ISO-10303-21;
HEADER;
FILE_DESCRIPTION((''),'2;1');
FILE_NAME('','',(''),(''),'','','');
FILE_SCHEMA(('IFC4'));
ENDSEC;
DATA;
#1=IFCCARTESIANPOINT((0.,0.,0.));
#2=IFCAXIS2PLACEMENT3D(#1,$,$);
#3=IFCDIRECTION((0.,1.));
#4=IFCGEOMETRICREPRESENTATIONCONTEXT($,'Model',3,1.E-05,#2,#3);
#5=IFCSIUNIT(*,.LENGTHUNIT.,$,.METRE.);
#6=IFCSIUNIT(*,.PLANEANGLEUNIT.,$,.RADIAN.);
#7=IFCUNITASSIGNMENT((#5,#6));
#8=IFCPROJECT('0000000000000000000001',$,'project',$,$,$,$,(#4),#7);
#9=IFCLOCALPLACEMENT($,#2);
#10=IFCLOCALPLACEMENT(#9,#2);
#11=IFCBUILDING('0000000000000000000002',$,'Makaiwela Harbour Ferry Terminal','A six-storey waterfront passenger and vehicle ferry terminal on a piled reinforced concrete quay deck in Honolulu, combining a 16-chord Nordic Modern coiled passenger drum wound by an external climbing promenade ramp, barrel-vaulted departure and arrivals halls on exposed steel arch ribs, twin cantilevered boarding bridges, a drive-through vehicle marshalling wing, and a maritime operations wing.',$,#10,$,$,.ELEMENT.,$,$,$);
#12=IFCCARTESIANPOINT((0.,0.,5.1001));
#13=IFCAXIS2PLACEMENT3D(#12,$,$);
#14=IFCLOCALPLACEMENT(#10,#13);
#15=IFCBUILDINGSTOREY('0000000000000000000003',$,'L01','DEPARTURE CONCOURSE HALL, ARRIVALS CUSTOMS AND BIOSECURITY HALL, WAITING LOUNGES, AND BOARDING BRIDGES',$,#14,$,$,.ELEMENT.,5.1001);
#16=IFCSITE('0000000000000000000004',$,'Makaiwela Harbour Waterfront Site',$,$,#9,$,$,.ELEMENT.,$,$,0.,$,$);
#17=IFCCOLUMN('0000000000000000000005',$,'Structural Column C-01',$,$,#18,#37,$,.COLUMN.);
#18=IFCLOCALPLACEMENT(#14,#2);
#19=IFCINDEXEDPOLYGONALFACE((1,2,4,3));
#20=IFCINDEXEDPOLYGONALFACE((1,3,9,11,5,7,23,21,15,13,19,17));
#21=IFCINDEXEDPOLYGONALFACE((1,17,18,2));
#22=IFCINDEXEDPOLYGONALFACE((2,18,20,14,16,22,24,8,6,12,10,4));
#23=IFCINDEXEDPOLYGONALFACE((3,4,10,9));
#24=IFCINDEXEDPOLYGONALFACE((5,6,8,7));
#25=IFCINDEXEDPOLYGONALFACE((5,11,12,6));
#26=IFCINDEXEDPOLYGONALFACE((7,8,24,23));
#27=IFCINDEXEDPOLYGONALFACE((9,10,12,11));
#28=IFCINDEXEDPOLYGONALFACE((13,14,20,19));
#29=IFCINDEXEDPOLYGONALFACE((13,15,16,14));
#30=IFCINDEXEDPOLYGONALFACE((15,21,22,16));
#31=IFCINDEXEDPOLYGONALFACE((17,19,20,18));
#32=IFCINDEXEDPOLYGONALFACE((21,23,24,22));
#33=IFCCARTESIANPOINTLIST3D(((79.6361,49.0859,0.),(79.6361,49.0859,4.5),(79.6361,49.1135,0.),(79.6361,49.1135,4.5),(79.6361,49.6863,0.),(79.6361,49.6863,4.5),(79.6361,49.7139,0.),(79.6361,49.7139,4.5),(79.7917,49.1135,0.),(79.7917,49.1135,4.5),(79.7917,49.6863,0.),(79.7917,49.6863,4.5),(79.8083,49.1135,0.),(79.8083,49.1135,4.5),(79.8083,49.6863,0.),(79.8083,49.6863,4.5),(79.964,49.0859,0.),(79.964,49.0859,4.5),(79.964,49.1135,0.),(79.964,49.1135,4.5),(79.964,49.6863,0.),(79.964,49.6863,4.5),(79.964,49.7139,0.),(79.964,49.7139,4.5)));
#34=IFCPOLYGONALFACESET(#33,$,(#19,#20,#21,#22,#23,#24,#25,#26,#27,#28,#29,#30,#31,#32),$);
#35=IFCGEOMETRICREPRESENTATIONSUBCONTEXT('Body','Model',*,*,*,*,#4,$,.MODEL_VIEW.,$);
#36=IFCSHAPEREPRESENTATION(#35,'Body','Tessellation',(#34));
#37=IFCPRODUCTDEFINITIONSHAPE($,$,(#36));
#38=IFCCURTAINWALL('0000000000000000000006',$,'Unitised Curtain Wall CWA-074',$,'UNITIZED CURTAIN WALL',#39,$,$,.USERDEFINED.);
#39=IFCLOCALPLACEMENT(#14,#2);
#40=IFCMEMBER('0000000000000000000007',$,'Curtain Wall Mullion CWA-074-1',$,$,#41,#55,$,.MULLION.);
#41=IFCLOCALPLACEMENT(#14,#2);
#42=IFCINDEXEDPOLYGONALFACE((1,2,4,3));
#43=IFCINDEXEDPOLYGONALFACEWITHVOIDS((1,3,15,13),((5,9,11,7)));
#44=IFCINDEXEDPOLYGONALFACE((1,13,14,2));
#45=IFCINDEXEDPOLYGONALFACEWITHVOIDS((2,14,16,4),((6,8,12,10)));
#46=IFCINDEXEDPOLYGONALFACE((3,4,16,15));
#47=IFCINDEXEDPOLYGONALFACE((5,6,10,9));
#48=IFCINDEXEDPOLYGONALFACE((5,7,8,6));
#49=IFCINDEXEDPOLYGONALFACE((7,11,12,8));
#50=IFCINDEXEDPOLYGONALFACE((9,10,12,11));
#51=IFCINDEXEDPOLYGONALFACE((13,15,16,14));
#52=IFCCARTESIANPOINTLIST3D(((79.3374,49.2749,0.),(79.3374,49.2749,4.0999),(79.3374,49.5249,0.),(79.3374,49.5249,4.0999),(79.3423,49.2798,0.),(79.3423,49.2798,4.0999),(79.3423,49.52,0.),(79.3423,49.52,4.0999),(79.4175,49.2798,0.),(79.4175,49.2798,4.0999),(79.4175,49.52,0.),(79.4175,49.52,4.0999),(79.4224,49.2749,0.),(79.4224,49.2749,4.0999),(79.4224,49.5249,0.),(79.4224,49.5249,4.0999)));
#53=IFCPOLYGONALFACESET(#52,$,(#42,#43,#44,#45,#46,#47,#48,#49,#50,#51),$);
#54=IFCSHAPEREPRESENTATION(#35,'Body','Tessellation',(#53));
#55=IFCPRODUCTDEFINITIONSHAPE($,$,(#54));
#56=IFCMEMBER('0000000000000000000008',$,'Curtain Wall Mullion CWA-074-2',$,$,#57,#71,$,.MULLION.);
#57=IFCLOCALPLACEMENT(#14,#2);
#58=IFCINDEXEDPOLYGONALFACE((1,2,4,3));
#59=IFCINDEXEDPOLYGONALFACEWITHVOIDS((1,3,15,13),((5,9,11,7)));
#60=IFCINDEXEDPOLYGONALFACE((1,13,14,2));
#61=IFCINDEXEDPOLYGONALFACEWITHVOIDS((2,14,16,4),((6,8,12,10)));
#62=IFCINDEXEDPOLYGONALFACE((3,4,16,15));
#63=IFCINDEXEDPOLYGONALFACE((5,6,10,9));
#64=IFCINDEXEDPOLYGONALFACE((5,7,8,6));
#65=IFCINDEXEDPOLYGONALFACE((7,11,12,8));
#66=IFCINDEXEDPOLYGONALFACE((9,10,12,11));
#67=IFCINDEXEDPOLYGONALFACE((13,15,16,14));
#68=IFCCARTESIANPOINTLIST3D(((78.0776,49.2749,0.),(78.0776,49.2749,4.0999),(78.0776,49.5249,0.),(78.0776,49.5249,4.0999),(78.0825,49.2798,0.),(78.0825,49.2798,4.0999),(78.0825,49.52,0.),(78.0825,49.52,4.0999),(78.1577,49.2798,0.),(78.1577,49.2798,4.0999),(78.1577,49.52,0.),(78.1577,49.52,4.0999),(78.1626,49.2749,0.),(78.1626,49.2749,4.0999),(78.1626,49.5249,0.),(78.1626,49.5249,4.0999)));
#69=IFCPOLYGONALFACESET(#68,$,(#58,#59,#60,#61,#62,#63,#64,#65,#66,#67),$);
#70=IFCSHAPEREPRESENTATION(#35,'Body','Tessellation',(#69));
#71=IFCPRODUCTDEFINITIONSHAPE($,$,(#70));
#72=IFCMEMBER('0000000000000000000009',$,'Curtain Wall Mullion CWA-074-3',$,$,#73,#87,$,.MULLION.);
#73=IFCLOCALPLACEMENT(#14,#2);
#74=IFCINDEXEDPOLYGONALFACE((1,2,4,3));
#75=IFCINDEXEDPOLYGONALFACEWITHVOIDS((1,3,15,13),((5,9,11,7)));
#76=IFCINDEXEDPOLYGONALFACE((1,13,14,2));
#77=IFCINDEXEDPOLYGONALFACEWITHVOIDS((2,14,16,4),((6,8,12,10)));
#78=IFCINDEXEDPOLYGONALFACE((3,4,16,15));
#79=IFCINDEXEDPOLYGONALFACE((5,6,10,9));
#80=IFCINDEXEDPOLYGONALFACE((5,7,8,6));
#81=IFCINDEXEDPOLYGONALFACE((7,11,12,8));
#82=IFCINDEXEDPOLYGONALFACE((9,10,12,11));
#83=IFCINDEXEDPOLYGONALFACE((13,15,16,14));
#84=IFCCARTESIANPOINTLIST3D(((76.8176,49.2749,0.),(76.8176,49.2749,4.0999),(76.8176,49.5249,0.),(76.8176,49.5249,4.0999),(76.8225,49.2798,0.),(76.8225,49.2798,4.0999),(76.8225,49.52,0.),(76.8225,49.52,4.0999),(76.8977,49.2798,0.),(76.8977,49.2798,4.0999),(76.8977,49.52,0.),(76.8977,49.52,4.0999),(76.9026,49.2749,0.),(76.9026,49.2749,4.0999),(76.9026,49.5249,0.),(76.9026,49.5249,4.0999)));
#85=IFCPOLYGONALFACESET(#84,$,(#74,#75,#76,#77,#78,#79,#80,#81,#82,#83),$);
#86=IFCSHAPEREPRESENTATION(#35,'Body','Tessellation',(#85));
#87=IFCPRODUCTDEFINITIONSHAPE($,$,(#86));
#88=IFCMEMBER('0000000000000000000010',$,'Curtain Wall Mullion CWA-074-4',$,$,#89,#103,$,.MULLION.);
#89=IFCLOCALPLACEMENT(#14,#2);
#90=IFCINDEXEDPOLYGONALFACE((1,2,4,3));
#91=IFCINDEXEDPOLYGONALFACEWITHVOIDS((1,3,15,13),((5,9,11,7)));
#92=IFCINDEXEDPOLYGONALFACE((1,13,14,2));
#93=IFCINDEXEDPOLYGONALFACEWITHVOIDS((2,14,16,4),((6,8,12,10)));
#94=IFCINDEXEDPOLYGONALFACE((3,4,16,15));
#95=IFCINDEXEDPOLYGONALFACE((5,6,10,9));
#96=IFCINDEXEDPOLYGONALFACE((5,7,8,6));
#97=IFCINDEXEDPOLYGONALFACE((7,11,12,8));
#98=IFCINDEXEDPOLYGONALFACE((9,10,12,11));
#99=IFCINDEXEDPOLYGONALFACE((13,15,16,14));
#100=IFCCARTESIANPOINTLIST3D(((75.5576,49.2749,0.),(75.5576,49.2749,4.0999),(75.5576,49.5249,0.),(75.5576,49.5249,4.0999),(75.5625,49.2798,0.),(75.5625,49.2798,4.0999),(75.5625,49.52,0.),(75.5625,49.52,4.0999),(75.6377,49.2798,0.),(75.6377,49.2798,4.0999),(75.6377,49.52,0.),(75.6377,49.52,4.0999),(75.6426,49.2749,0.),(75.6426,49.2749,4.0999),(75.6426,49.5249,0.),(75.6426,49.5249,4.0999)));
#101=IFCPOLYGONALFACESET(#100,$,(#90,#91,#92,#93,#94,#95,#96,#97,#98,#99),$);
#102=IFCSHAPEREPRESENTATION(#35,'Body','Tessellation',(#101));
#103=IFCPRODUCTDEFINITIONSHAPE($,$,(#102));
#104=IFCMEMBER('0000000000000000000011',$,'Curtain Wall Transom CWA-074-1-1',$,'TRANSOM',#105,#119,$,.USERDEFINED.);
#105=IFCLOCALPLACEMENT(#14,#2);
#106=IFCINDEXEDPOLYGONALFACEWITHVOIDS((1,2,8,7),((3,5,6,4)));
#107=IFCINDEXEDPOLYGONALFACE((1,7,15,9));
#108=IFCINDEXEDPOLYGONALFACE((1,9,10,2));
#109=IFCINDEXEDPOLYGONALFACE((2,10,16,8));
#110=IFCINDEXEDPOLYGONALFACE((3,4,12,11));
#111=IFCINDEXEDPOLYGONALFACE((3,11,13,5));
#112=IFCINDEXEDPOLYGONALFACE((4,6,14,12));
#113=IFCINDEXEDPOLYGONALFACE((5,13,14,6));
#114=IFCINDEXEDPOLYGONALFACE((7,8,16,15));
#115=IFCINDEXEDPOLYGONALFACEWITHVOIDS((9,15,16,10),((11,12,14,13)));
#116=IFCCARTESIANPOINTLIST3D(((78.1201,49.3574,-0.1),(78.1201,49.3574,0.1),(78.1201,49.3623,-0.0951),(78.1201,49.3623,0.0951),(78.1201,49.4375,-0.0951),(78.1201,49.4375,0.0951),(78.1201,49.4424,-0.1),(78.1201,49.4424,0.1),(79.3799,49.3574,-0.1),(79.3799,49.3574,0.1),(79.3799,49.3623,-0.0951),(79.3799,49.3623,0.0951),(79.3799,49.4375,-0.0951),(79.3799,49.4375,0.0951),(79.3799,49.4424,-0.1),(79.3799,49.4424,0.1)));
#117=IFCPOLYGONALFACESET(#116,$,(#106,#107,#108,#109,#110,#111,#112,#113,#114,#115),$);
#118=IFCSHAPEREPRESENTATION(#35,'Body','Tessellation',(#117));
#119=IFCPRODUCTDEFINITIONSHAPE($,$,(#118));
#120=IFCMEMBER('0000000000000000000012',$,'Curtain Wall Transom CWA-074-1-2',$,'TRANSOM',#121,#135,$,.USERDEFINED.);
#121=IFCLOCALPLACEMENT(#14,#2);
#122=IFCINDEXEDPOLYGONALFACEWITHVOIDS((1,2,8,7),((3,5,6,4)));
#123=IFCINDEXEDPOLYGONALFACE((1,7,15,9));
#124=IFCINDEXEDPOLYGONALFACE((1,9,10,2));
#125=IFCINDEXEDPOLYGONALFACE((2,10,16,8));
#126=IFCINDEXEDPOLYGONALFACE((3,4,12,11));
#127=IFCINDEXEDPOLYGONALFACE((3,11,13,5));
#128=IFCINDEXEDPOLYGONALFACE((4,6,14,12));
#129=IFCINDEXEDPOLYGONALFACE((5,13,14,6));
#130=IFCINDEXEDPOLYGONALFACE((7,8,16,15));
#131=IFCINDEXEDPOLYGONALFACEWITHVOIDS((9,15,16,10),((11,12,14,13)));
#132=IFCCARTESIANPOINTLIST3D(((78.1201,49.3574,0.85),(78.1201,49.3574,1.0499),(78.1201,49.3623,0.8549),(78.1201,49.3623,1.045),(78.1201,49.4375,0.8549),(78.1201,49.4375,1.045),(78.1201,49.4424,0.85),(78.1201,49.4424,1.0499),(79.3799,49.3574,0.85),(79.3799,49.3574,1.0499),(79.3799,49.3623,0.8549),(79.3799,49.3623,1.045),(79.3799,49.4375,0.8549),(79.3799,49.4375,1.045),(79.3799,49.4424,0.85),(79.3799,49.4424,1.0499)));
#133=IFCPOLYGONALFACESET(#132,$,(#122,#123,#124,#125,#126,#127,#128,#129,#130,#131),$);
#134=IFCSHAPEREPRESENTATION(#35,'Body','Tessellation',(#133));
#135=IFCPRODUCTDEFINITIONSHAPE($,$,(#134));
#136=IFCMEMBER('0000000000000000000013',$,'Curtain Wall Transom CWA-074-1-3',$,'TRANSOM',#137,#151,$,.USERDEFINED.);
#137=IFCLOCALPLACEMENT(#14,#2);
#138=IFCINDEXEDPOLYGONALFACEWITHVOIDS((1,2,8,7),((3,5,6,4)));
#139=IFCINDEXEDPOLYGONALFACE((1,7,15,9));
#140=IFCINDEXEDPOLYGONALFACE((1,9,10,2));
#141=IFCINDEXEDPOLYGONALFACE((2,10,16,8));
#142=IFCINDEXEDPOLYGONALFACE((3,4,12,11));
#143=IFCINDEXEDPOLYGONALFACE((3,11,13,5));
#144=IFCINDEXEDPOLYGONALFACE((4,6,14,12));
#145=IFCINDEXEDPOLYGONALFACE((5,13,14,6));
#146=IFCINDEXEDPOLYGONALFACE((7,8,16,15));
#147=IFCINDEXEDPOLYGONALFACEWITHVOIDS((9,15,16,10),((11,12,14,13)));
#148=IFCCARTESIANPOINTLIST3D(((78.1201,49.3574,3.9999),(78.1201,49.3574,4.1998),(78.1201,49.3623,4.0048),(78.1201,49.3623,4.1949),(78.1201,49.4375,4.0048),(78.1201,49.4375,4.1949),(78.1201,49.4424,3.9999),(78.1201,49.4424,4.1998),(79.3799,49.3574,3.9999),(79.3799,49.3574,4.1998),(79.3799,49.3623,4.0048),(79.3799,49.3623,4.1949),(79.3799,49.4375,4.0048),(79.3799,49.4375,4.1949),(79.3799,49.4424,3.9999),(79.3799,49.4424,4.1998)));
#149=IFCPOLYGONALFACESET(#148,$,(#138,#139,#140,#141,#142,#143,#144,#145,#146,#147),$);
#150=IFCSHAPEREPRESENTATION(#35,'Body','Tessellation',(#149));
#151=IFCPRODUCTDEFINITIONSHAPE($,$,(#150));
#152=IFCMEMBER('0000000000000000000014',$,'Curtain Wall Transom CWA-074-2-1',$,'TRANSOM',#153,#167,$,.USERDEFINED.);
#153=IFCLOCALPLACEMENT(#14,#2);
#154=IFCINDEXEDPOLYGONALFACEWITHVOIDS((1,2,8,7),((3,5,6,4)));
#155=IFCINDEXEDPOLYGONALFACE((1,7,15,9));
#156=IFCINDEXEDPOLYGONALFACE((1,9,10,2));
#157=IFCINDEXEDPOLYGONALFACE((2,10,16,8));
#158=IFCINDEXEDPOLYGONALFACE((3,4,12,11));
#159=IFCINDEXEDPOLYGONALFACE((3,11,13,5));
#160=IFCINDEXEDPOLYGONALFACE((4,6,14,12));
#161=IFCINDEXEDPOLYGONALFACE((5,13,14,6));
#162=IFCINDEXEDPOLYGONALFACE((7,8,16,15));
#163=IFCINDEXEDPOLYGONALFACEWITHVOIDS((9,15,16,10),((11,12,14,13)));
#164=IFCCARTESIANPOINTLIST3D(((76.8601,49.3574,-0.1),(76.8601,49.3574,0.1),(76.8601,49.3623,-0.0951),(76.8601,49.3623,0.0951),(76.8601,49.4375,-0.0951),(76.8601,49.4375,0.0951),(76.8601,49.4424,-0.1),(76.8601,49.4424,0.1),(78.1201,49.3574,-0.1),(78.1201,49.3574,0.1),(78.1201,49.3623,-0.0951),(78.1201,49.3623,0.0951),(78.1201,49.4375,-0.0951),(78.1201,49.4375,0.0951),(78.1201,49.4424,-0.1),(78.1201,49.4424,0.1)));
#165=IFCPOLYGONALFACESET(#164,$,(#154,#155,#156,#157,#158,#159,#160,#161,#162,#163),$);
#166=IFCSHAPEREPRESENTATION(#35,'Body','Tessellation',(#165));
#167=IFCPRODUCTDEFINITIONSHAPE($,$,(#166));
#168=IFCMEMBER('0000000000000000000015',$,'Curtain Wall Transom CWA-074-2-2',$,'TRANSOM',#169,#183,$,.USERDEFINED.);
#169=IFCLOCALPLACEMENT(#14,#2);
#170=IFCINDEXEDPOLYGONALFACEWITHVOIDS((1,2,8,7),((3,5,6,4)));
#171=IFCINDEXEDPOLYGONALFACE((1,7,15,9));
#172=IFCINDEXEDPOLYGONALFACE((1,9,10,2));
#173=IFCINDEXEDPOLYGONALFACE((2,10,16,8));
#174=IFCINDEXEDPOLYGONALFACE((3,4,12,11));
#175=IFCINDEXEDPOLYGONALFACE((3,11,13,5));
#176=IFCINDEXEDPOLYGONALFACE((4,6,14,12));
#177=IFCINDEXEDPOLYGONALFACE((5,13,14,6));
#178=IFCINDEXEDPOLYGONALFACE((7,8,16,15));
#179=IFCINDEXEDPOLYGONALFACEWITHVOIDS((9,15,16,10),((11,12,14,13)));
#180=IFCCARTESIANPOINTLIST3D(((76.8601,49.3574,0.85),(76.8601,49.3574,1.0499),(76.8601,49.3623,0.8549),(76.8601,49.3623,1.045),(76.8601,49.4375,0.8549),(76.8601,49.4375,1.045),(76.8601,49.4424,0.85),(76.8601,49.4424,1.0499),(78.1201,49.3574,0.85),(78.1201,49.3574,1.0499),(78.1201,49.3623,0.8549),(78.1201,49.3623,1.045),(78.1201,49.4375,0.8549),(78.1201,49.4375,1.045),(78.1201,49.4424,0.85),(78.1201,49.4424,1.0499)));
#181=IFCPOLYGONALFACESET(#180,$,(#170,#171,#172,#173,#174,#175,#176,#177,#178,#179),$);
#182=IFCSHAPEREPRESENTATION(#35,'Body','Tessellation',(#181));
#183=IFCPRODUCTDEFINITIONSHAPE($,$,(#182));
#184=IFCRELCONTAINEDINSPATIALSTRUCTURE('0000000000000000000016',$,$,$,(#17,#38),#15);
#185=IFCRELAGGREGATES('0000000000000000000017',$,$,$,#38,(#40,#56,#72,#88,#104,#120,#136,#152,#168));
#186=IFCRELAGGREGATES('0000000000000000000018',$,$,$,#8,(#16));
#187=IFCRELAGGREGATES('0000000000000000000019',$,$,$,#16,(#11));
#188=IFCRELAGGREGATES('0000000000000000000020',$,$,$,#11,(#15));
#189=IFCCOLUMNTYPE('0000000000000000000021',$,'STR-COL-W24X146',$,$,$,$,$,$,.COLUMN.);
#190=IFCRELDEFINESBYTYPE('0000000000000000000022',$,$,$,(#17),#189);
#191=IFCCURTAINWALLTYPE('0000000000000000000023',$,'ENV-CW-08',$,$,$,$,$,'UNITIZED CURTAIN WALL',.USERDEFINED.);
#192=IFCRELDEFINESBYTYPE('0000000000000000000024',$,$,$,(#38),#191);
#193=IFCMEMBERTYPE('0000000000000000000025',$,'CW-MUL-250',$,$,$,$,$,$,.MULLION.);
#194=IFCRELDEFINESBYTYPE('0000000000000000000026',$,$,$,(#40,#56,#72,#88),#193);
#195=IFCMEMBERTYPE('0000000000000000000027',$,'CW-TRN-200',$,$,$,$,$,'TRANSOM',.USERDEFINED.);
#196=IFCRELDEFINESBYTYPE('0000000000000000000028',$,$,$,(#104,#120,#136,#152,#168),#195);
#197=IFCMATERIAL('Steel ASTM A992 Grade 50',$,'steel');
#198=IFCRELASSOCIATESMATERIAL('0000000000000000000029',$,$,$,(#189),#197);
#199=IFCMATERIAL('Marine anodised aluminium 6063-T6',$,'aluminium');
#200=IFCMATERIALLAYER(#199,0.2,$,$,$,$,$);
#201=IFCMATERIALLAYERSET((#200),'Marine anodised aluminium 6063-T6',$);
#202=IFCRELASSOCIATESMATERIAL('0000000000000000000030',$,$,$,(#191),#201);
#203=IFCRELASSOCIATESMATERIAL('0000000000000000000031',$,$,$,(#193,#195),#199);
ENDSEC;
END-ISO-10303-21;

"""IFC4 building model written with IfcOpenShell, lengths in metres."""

from ifc_helpers import new_model, si_unit, direction, frame, origin, origin_2d, place, context, subcontext, project, spatial, hollow_rectangle, i_section, extrude, material, layer, layer_set, material_profile, profile_set, type_object, element, aggregate, save


model = new_model("IFC4")

# Units and contexts
model_context = context("Model", 3, precision=1e-05, world=origin(), true_north=direction((0.0, 1.0)))
body_context = subcontext(model_context, "Body", "Model", "MODEL_VIEW")
ifc_project = project(units=[si_unit("LENGTHUNIT", "METRE"), si_unit("PLANEANGLEUNIT", "RADIAN")], contexts=[model_context])

# Site, building, storey
site_placement = place(None, origin())
site = spatial("IfcSite", under=ifc_project, at=site_placement, Name="Makaiwela Harbour Waterfront Site", CompositionType="ELEMENT", RefElevation=0.0)
building_placement = place(site_placement, origin())
building = spatial("IfcBuilding", under=site, at=building_placement, Name="Makaiwela Harbour Ferry Terminal", Description="A six-storey waterfront passenger and vehicle ferry terminal on a piled reinforced concrete quay deck in Honolulu, combining a 16-chord Nordic Modern coiled passenger drum wound by an external climbing promenade ramp, barrel-vaulted departure and arrivals halls on exposed steel arch ribs, twin cantilevered boarding bridges, a drive-through vehicle marshalling wing, and a maritime operations wing.", CompositionType="ELEMENT")
storey_placement = place(building_placement, frame((0.0, 0.0, 5.1001)))
storey = spatial("IfcBuildingStorey", under=building, at=storey_placement, Name="L01", Description="DEPARTURE CONCOURSE HALL, ARRIVALS CUSTOMS AND BIOSECURITY HALL, WAITING LOUNGES, AND BOARDING BRIDGES", CompositionType="ELEMENT", Elevation=5.1001)

# Column
ifc_material_1 = material(Name="Steel ASTM A992 Grade 50", Category="steel")
ifc_material_profile_1 = material_profile(ifc_material_1, i_section(OverallWidth=0.3279, OverallDepth=0.6279, WebThickness=0.0166, FlangeThickness=0.0276, at=origin_2d()), Name="W24X146")
ifc_profile_set_1 = profile_set([ifc_material_profile_1], Name="Steel ASTM A992 Grade 50")
column_type = type_object("IfcColumnType", Name="STR-COL-W24X146", PredefinedType="COLUMN", material=ifc_profile_set_1)
column_placement = place(storey_placement, frame((79.8, 49.3999, 0.0), z_axis=(0.0, 0.0, 1.0), x_axis=(1.0, 0.0, 0.0)))
element("IfcColumn", 1, at=column_placement, inside=storey, type_object=column_type, Name="Structural Column C-01", PredefinedType="COLUMN", context=body_context, shape_type="SweptSolid", body=[
    extrude(i_section(OverallWidth=0.3279, OverallDepth=0.6279, WebThickness=0.0166, FlangeThickness=0.0276, at=origin_2d()), origin(), (0.0, 0.0, 1.0), 4.5),
])

# Curtain wall, members
ifc_material_2 = material(Name="Marine anodised aluminium 6063-T6", Category="aluminium")
ifc_layer_1 = layer(ifc_material_2, 0.2)
ifc_layer_set_1 = layer_set([ifc_layer_1], Name="Marine anodised aluminium 6063-T6")
curtain_wall_type = type_object("IfcCurtainWallType", Name="ENV-CW-08", ElementType="UNITIZED CURTAIN WALL", PredefinedType="USERDEFINED", material=ifc_layer_set_1)
curtain_wall_placement = place(storey_placement, origin())
curtain_wall = element("IfcCurtainWall", 2, at=curtain_wall_placement, inside=storey, type_object=curtain_wall_type, Name="Unitised Curtain Wall CWA-074", ObjectType="UNITIZED CURTAIN WALL", PredefinedType="USERDEFINED")
ifc_material_profile_2 = material_profile(ifc_material_2, hollow_rectangle(XDim=0.085, YDim=0.25, WallThickness=0.0049, at=origin_2d()), Name="CWM-250X85")
ifc_profile_set_2 = profile_set([ifc_material_profile_2], Name="Marine anodised aluminium 6063-T6")
member_type_1 = type_object("IfcMemberType", Name="CW-MUL-250", PredefinedType="MULLION", material=ifc_profile_set_2)
member_1_placement = place(storey_placement, frame((79.3799, 49.3999, 0.0), z_axis=(0.0, 0.0, 1.0), x_axis=(1.0, 0.0, 0.0)))
member_1 = element("IfcMember", 3, at=member_1_placement, type_object=member_type_1, Name="Curtain Wall Mullion CWA-074-1", PredefinedType="MULLION", context=body_context, shape_type="SweptSolid", body=[
    extrude(hollow_rectangle(XDim=0.085, YDim=0.25, WallThickness=0.0049, at=origin_2d()), origin(), (0.0, 0.0, 1.0), 4.0999),
])
member_2_placement = place(storey_placement, frame((78.1201, 49.3999, 0.0), z_axis=(0.0, 0.0, 1.0), x_axis=(1.0, 0.0, 0.0)))
member_2 = element("IfcMember", 4, at=member_2_placement, type_object=member_type_1, Name="Curtain Wall Mullion CWA-074-2", PredefinedType="MULLION", context=body_context, shape_type="SweptSolid", body=[
    extrude(hollow_rectangle(XDim=0.085, YDim=0.25, WallThickness=0.0049, at=origin_2d()), origin(), (0.0, 0.0, 1.0), 4.0999),
])
member_3_placement = place(storey_placement, frame((76.8601, 49.3999, 0.0), z_axis=(0.0, 0.0, 1.0), x_axis=(1.0, 0.0, 0.0)))
member_3 = element("IfcMember", 5, at=member_3_placement, type_object=member_type_1, Name="Curtain Wall Mullion CWA-074-3", PredefinedType="MULLION", context=body_context, shape_type="SweptSolid", body=[
    extrude(hollow_rectangle(XDim=0.085, YDim=0.25, WallThickness=0.0049, at=origin_2d()), origin(), (0.0, 0.0, 1.0), 4.0999),
])
member_4_placement = place(storey_placement, frame((75.6001, 49.3999, 0.0), z_axis=(0.0, 0.0, 1.0), x_axis=(1.0, 0.0, 0.0)))
member_4 = element("IfcMember", 6, at=member_4_placement, type_object=member_type_1, Name="Curtain Wall Mullion CWA-074-4", PredefinedType="MULLION", context=body_context, shape_type="SweptSolid", body=[
    extrude(hollow_rectangle(XDim=0.085, YDim=0.25, WallThickness=0.0049, at=origin_2d()), origin(), (0.0, 0.0, 1.0), 4.0999),
])
ifc_material_profile_3 = material_profile(ifc_material_2, hollow_rectangle(XDim=0.085, YDim=0.2, WallThickness=0.0049, at=origin_2d()), Name="CWT-200X85")
ifc_profile_set_3 = profile_set([ifc_material_profile_3], Name="Marine anodised aluminium 6063-T6")
member_type_2 = type_object("IfcMemberType", Name="CW-TRN-200", ElementType="TRANSOM", PredefinedType="USERDEFINED", material=ifc_profile_set_3)
member_5_placement = place(storey_placement, frame((79.3799, 49.3999, 0.0), z_axis=(-1.0, 0.0, 0.0), x_axis=(0.0, -1.0, 0.0)))
member_5 = element("IfcMember", 7, at=member_5_placement, type_object=member_type_2, Name="Curtain Wall Transom CWA-074-1-1", ObjectType="TRANSOM", PredefinedType="USERDEFINED", context=body_context, shape_type="SweptSolid", body=[
    extrude(hollow_rectangle(XDim=0.085, YDim=0.2, WallThickness=0.0049, at=origin_2d()), origin(), (0.0, 0.0, 1.0), 1.2598),
])
member_6_placement = place(storey_placement, frame((79.3799, 49.3999, 0.95), z_axis=(-1.0, 0.0, 0.0), x_axis=(0.0, -1.0, 0.0)))
member_6 = element("IfcMember", 8, at=member_6_placement, type_object=member_type_2, Name="Curtain Wall Transom CWA-074-1-2", ObjectType="TRANSOM", PredefinedType="USERDEFINED", context=body_context, shape_type="SweptSolid", body=[
    extrude(hollow_rectangle(XDim=0.085, YDim=0.2, WallThickness=0.0049, at=origin_2d()), origin(), (0.0, 0.0, 1.0), 1.2598),
])
member_7_placement = place(storey_placement, frame((79.3799, 49.3999, 4.0999), z_axis=(-1.0, 0.0, 0.0), x_axis=(0.0, -1.0, 0.0)))
member_7 = element("IfcMember", 9, at=member_7_placement, type_object=member_type_2, Name="Curtain Wall Transom CWA-074-1-3", ObjectType="TRANSOM", PredefinedType="USERDEFINED", context=body_context, shape_type="SweptSolid", body=[
    extrude(hollow_rectangle(XDim=0.085, YDim=0.2, WallThickness=0.0049, at=origin_2d()), origin(), (0.0, 0.0, 1.0), 1.2598),
])
member_8_placement = place(storey_placement, frame((78.1201, 49.3999, 0.0), z_axis=(-1.0, 0.0, 0.0), x_axis=(0.0, -1.0, 0.0)))
member_8 = element("IfcMember", 10, at=member_8_placement, type_object=member_type_2, Name="Curtain Wall Transom CWA-074-2-1", ObjectType="TRANSOM", PredefinedType="USERDEFINED", context=body_context, shape_type="SweptSolid", body=[
    extrude(hollow_rectangle(XDim=0.085, YDim=0.2, WallThickness=0.0049, at=origin_2d()), origin(), (0.0, 0.0, 1.0), 1.26),
])
member_9_placement = place(storey_placement, frame((78.1201, 49.3999, 0.95), z_axis=(-1.0, 0.0, 0.0), x_axis=(0.0, -1.0, 0.0)))
member_9 = element("IfcMember", 11, at=member_9_placement, type_object=member_type_2, Name="Curtain Wall Transom CWA-074-2-2", ObjectType="TRANSOM", PredefinedType="USERDEFINED", context=body_context, shape_type="SweptSolid", body=[
    extrude(hollow_rectangle(XDim=0.085, YDim=0.2, WallThickness=0.0049, at=origin_2d()), origin(), (0.0, 0.0, 1.0), 1.26),
])

aggregate(curtain_wall, [member_1, member_2, member_3, member_4, member_5, member_6, member_7, member_8, member_9])

save(model, "model.ifc")
